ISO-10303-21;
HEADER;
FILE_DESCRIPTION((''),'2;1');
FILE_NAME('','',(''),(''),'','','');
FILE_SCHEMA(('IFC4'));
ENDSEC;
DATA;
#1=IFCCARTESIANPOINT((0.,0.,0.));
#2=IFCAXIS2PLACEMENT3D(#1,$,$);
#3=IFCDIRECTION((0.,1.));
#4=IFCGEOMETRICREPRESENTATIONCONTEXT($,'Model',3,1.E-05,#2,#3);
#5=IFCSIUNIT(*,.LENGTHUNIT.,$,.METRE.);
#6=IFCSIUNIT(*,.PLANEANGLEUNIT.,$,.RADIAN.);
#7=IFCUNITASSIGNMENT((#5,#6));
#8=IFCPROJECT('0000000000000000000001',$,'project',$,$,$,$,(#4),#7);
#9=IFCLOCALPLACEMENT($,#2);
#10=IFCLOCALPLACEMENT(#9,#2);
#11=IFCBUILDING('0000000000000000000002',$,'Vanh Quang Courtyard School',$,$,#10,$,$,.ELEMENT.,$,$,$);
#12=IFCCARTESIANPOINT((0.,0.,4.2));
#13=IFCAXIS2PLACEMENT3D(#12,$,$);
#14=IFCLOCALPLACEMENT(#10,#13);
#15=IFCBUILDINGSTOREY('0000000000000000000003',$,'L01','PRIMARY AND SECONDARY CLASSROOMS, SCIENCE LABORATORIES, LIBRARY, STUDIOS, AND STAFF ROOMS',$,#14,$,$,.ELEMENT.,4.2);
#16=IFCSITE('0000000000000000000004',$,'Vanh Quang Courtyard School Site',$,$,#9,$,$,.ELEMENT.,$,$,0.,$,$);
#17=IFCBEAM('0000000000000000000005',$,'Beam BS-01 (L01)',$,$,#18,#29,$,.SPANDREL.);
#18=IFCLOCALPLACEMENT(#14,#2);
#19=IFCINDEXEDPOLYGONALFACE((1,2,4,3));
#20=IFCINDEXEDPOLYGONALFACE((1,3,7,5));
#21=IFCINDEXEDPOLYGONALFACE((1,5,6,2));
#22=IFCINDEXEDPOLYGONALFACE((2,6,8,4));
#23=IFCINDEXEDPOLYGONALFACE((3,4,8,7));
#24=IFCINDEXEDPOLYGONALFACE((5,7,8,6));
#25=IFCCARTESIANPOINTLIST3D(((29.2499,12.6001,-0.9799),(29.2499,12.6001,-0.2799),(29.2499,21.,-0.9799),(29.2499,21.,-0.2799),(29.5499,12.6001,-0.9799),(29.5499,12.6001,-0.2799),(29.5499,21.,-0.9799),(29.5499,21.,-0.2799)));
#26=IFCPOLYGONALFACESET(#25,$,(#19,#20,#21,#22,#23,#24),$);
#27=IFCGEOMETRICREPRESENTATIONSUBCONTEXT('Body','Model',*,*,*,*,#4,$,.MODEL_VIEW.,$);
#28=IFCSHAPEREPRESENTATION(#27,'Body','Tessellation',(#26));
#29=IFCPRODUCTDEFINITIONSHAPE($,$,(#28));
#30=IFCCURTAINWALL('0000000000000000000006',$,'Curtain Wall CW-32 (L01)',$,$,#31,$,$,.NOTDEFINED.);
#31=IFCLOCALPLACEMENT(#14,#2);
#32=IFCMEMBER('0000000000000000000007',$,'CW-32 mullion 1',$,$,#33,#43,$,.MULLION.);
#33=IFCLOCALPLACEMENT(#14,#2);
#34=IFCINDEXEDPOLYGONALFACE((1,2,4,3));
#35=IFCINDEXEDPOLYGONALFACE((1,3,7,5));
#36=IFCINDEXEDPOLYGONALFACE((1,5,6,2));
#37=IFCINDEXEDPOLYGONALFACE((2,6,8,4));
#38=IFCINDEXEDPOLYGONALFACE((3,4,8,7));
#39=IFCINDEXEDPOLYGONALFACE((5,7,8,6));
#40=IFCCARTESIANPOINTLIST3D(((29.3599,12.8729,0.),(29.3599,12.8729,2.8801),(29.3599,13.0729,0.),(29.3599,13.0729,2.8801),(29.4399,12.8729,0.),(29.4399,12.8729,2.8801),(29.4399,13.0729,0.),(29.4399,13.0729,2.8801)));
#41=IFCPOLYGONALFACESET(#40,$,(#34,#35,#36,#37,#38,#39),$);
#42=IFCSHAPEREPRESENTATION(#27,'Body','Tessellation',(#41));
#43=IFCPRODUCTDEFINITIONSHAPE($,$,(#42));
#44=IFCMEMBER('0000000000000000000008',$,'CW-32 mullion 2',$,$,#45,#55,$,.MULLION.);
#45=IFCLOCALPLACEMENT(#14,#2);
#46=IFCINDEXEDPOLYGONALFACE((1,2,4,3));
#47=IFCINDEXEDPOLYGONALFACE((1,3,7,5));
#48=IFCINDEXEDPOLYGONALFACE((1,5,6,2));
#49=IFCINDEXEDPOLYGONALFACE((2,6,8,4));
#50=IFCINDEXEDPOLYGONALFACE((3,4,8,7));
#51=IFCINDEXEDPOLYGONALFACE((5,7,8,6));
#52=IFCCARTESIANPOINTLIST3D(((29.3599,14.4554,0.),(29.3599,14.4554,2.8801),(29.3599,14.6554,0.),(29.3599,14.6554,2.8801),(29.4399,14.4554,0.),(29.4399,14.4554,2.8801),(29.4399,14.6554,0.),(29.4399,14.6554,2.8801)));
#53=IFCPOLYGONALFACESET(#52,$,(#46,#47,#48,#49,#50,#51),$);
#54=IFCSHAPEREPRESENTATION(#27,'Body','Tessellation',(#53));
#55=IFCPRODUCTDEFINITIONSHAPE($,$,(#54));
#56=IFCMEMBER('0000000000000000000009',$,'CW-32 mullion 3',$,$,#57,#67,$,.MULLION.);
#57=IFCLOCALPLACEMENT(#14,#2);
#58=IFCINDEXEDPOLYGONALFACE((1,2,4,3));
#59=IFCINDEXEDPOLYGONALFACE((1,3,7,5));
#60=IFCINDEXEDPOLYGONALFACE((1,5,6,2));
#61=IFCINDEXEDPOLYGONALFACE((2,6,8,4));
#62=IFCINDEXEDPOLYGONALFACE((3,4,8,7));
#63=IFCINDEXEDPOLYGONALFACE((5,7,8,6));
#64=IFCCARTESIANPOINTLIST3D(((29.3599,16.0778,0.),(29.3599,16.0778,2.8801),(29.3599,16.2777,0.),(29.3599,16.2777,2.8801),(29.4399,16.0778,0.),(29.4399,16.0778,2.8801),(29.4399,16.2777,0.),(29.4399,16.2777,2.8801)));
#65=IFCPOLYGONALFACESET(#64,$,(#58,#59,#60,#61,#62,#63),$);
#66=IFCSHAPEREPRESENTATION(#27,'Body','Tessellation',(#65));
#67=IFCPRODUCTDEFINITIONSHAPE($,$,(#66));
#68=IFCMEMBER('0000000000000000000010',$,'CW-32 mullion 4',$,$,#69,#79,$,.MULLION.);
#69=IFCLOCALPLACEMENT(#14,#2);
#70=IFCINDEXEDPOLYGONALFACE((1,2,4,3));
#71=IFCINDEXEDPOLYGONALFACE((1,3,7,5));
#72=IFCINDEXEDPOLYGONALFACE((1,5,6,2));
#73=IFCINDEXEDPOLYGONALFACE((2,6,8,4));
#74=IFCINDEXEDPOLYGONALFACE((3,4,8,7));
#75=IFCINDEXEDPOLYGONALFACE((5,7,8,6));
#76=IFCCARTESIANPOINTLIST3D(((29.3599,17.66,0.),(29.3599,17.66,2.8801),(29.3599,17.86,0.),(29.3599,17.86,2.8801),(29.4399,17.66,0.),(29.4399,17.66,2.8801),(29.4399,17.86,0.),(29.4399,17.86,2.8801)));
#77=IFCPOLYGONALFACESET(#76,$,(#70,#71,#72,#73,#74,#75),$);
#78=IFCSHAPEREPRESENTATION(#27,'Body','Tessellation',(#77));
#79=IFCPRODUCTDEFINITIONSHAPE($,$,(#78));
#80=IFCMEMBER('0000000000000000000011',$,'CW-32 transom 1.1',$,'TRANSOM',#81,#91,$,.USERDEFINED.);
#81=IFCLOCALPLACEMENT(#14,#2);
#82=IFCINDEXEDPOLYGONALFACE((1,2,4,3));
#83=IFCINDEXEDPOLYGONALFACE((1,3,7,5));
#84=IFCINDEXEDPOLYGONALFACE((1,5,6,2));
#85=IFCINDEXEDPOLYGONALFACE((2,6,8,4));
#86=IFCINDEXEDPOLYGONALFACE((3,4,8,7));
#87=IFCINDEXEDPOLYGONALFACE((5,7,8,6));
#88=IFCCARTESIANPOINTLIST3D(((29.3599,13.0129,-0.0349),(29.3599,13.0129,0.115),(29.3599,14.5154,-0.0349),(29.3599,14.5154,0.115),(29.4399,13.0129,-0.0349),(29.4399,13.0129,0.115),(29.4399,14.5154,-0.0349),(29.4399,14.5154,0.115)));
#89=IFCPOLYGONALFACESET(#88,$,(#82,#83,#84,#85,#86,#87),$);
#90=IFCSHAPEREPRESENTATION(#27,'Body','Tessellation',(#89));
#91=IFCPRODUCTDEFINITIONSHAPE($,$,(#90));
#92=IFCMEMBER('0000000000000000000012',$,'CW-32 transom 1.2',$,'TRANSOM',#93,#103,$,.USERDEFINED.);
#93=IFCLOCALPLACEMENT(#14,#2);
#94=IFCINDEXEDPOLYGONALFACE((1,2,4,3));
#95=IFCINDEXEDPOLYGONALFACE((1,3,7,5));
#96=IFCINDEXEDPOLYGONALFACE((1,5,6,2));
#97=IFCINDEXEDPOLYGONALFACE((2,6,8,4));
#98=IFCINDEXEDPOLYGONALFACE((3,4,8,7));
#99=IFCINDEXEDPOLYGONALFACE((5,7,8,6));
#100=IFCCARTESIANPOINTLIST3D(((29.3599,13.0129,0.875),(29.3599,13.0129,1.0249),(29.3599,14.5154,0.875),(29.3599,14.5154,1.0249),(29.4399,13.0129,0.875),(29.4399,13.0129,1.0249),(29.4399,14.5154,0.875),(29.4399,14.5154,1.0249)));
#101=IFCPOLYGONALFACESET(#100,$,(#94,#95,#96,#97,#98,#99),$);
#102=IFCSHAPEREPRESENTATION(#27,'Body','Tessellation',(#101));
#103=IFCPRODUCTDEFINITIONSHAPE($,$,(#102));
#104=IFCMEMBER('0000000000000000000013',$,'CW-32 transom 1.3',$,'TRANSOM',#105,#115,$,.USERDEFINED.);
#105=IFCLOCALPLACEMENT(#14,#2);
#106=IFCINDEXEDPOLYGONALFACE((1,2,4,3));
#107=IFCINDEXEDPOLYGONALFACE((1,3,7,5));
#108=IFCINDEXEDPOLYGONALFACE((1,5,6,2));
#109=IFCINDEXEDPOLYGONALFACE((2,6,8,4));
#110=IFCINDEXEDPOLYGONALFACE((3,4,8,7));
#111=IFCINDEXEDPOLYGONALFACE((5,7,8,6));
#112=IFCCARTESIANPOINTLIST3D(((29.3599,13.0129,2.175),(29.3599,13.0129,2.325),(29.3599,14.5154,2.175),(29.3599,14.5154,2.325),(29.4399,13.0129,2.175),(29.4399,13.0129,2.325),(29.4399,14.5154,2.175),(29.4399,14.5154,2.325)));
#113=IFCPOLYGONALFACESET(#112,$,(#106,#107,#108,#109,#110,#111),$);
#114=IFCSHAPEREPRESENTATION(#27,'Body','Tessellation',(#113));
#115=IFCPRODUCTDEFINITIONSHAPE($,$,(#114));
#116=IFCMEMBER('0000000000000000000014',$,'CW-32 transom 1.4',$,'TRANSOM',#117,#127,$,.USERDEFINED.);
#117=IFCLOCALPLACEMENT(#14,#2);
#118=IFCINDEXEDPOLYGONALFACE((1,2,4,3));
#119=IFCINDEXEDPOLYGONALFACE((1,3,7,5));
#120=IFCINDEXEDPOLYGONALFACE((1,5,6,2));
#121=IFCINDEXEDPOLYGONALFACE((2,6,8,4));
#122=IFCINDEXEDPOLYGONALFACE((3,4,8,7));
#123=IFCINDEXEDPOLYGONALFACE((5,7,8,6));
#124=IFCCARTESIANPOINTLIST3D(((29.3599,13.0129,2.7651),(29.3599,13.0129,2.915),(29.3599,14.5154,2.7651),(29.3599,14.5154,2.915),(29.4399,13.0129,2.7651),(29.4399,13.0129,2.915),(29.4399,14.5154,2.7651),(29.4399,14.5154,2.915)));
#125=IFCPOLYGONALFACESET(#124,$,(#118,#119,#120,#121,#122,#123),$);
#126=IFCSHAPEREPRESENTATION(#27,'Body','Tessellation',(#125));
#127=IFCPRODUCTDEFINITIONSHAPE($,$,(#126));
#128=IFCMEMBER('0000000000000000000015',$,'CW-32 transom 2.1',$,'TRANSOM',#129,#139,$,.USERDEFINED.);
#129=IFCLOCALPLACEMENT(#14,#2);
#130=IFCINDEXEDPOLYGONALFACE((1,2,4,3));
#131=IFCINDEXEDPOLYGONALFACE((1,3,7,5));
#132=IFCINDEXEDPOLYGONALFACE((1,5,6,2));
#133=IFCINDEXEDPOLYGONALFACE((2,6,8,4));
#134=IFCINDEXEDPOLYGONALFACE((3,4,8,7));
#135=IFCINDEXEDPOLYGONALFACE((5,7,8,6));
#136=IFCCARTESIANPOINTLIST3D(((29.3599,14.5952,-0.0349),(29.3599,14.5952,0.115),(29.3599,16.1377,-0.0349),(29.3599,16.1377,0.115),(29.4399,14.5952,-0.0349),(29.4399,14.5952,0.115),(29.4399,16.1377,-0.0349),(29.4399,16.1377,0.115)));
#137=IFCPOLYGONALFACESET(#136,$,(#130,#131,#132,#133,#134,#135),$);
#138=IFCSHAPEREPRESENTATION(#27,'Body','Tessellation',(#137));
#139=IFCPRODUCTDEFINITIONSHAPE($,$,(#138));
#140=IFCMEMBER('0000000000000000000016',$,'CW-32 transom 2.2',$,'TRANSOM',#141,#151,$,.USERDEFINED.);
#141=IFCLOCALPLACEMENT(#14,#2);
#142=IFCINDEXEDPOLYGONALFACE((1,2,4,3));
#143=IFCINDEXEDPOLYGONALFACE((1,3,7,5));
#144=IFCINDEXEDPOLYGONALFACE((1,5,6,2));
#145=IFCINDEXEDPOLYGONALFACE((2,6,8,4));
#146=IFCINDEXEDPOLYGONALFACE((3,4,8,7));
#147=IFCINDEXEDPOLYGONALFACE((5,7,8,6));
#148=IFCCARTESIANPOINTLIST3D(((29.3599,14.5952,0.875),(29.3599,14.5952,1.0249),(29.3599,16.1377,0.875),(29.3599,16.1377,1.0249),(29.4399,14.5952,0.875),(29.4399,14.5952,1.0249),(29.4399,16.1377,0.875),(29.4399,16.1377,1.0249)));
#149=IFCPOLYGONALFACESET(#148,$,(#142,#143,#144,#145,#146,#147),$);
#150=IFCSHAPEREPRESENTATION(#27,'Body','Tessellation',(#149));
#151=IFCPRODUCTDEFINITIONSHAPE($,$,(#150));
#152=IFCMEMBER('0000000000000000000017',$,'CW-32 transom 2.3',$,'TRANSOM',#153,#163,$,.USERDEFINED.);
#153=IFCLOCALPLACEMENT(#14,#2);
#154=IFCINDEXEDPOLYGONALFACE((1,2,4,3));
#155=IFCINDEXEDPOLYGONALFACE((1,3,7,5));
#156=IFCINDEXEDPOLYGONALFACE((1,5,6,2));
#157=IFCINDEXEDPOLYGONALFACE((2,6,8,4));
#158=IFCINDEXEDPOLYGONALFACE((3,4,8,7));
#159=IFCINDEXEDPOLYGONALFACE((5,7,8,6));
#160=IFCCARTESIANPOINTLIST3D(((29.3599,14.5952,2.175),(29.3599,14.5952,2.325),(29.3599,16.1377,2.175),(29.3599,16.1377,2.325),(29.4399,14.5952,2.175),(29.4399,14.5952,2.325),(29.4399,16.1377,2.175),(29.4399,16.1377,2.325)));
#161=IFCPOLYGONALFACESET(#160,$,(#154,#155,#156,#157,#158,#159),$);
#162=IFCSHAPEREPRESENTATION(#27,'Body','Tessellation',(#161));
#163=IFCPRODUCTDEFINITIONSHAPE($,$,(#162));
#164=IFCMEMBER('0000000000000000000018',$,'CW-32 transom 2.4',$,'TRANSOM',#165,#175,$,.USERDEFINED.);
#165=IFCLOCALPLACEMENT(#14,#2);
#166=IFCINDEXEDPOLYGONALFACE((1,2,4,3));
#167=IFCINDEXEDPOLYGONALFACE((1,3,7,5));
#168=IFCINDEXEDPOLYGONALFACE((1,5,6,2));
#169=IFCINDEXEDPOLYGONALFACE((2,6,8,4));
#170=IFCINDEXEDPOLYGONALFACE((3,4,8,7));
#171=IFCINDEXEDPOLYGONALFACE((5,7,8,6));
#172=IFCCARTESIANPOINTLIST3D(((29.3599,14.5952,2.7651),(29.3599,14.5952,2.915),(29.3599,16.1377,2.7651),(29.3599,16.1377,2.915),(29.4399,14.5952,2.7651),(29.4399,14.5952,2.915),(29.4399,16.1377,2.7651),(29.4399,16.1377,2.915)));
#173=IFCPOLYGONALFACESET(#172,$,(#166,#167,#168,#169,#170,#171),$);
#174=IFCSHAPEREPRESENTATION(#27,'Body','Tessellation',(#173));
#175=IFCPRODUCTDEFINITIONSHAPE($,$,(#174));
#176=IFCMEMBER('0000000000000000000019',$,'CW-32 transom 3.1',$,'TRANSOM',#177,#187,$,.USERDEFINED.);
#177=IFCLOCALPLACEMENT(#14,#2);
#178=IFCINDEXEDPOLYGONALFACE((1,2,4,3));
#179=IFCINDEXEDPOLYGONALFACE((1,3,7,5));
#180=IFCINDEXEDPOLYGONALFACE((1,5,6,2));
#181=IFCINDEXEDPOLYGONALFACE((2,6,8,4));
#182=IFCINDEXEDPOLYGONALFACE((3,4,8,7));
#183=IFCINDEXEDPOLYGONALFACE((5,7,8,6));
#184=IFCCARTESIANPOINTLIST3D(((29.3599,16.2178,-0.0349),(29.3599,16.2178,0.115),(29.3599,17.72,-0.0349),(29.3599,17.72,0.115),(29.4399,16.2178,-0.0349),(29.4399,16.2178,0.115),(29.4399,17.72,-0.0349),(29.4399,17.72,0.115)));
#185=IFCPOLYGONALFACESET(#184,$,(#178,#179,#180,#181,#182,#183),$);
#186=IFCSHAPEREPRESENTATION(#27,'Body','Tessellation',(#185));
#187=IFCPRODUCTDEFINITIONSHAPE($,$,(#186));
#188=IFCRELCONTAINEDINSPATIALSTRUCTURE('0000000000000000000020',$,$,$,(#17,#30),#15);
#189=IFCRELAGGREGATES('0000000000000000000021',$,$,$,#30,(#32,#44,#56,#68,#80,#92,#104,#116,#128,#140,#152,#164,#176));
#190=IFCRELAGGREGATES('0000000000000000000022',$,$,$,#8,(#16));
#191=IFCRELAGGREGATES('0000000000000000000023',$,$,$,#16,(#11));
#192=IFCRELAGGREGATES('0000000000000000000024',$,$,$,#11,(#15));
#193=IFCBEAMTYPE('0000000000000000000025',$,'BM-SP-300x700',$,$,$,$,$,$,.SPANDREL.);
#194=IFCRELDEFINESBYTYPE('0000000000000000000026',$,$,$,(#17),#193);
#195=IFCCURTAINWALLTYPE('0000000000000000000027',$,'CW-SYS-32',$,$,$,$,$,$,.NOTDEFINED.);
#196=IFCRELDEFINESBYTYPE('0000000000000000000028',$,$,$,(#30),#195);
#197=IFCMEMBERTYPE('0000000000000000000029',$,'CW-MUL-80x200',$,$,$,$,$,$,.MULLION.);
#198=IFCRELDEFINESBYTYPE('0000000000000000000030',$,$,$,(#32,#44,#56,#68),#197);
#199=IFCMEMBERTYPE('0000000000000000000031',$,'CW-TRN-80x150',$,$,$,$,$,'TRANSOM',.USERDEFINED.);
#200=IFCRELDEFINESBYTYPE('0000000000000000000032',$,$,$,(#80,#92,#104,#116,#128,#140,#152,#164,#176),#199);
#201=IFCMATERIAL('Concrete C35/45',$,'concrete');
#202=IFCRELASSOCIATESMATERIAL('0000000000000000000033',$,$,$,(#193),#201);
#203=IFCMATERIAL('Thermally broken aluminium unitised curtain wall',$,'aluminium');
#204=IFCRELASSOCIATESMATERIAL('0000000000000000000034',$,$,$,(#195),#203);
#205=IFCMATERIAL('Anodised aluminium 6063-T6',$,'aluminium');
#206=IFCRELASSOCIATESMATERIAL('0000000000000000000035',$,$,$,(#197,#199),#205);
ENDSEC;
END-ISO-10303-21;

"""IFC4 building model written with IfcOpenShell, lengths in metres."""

from ifc_helpers import new_model, si_unit, direction, frame, origin, origin_2d, place, context, subcontext, project, spatial, rectangle, extrude, material, material_profile, profile_set, type_object, element, aggregate, save


model = new_model("IFC4")

# Units and contexts
model_context = context("Model", 3, precision=1e-05, world=origin(), true_north=direction((0.0, 1.0)))
body_context = subcontext(model_context, "Body", "Model", "MODEL_VIEW")
ifc_project = project(units=[si_unit("LENGTHUNIT", "METRE"), si_unit("PLANEANGLEUNIT", "RADIAN")], contexts=[model_context])

# Site, building, storey
site_placement = place(None, origin())
site = spatial("IfcSite", under=ifc_project, at=site_placement, Name="Vanh Quang Courtyard School Site", CompositionType="ELEMENT", RefElevation=0.0)
building_placement = place(site_placement, origin())
building = spatial("IfcBuilding", under=site, at=building_placement, Name="Vanh Quang Courtyard School", CompositionType="ELEMENT")
storey_placement = place(building_placement, frame((0.0, 0.0, 4.2)))
storey = spatial("IfcBuildingStorey", under=building, at=storey_placement, Name="L01", Description="PRIMARY AND SECONDARY CLASSROOMS, SCIENCE LABORATORIES, LIBRARY, STUDIOS, AND STAFF ROOMS", CompositionType="ELEMENT", Elevation=4.2)

# Beam
ifc_material_1 = material(Name="Concrete C35/45", Category="concrete")
ifc_material_profile_1 = material_profile(ifc_material_1, rectangle(XDim=0.3, YDim=0.7, at=origin_2d()), Name="RC-SP 300x700")
ifc_profile_set_1 = profile_set([ifc_material_profile_1], Name="Concrete C35/45")
beam_type = type_object("IfcBeamType", Name="BM-SP-300x700", PredefinedType="SPANDREL", material=ifc_profile_set_1)
beam_placement = place(storey_placement, frame((29.3999, 12.6001, -0.6299), z_axis=(0.0, 1.0, 0.0), x_axis=(-1.0, 0.0, 0.0)))
element("IfcBeam", 1, at=beam_placement, inside=storey, type_object=beam_type, Name="Beam BS-01 (L01)", PredefinedType="SPANDREL", context=body_context, shape_type="SweptSolid", body=[
    extrude(rectangle(XDim=0.3, YDim=0.7, at=origin_2d()), origin(), (0.0, 0.0, 1.0), 8.3999),
])

# Curtain wall, members
ifc_material_2 = material(Name="Thermally broken aluminium unitised curtain wall", Category="aluminium")
curtain_wall_type_1 = type_object("IfcCurtainWallType", Name="CW-SYS-32", PredefinedType="NOTDEFINED", material=ifc_material_2)
curtain_wall_1_placement = place(storey_placement, origin())
curtain_wall_1 = element("IfcCurtainWall", 2, at=curtain_wall_1_placement, inside=storey, type_object=curtain_wall_type_1, Name="Curtain Wall CW-32 (L01)", PredefinedType="NOTDEFINED")
ifc_material_3 = material(Name="Anodised aluminium 6063-T6", Category="aluminium")
ifc_material_profile_2 = material_profile(ifc_material_3, rectangle(XDim=0.0801, YDim=0.2, at=origin_2d()), Name="ALU-MUL 80x200")
ifc_profile_set_2 = profile_set([ifc_material_profile_2], Name="Anodised aluminium 6063-T6")
member_type_1 = type_object("IfcMemberType", Name="CW-MUL-80x200", PredefinedType="MULLION", material=ifc_profile_set_2)
member_1_placement = place(storey_placement, frame((29.3999, 12.9729, 0.0), z_axis=(0.0, 0.0, 1.0), x_axis=(-1.0, 0.0, 0.0)))
member_1 = element("IfcMember", 3, at=member_1_placement, type_object=member_type_1, Name="CW-32 mullion 1", PredefinedType="MULLION", context=body_context, shape_type="SweptSolid", body=[
    extrude(rectangle(XDim=0.0801, YDim=0.2, at=origin_2d()), origin(), (0.0, 0.0, 1.0), 2.8801),
])
member_2_placement = place(storey_placement, frame((29.3999, 14.5554, 0.0), z_axis=(0.0, 0.0, 1.0), x_axis=(-1.0, 0.0, 0.0)))
member_2 = element("IfcMember", 4, at=member_2_placement, type_object=member_type_1, Name="CW-32 mullion 2", PredefinedType="MULLION", context=body_context, shape_type="SweptSolid", body=[
    extrude(rectangle(XDim=0.0801, YDim=0.2, at=origin_2d()), origin(), (0.0, 0.0, 1.0), 2.8801),
])
member_3_placement = place(storey_placement, frame((29.3999, 16.1777, 0.0), z_axis=(0.0, 0.0, 1.0), x_axis=(-1.0, 0.0, 0.0)))
member_3 = element("IfcMember", 5, at=member_3_placement, type_object=member_type_1, Name="CW-32 mullion 3", PredefinedType="MULLION", context=body_context, shape_type="SweptSolid", body=[
    extrude(rectangle(XDim=0.0801, YDim=0.2, at=origin_2d()), origin(), (0.0, 0.0, 1.0), 2.8801),
])
member_4_placement = place(storey_placement, frame((29.3999, 17.76, 0.0), z_axis=(0.0, 0.0, 1.0), x_axis=(-1.0, 0.0, 0.0)))
member_4 = element("IfcMember", 6, at=member_4_placement, type_object=member_type_1, Name="CW-32 mullion 4", PredefinedType="MULLION", context=body_context, shape_type="SweptSolid", body=[
    extrude(rectangle(XDim=0.0801, YDim=0.2, at=origin_2d()), origin(), (0.0, 0.0, 1.0), 2.8801),
])
ifc_material_profile_3 = material_profile(ifc_material_3, rectangle(XDim=0.0801, YDim=0.1499, at=origin_2d()), Name="ALU-TRN 80x150")
ifc_profile_set_3 = profile_set([ifc_material_profile_3], Name="Anodised aluminium 6063-T6")
member_type_2 = type_object("IfcMemberType", Name="CW-TRN-80x150", ElementType="TRANSOM", PredefinedType="USERDEFINED", material=ifc_profile_set_3)
member_5_placement = place(storey_placement, frame((29.3999, 13.0129, 0.04), z_axis=(0.0, 1.0, 0.0), x_axis=(-1.0, 0.0, 0.0)))
member_5 = element("IfcMember", 7, at=member_5_placement, type_object=member_type_2, Name="CW-32 transom 1.1", ObjectType="TRANSOM", PredefinedType="USERDEFINED", context=body_context, shape_type="SweptSolid", body=[
    extrude(rectangle(XDim=0.0801, YDim=0.1499, at=origin_2d()), origin(), (0.0, 0.0, 1.0), 1.5024),
])
member_6_placement = place(storey_placement, frame((29.3999, 13.0129, 0.95), z_axis=(0.0, 1.0, 0.0), x_axis=(-1.0, 0.0, 0.0)))
member_6 = element("IfcMember", 8, at=member_6_placement, type_object=member_type_2, Name="CW-32 transom 1.2", ObjectType="TRANSOM", PredefinedType="USERDEFINED", context=body_context, shape_type="SweptSolid", body=[
    extrude(rectangle(XDim=0.0801, YDim=0.1499, at=origin_2d()), origin(), (0.0, 0.0, 1.0), 1.5024),
])
member_7_placement = place(storey_placement, frame((29.3999, 13.0129, 2.25), z_axis=(0.0, 1.0, 0.0), x_axis=(-1.0, 0.0, 0.0)))
member_7 = element("IfcMember", 9, at=member_7_placement, type_object=member_type_2, Name="CW-32 transom 1.3", ObjectType="TRANSOM", PredefinedType="USERDEFINED", context=body_context, shape_type="SweptSolid", body=[
    extrude(rectangle(XDim=0.0801, YDim=0.1499, at=origin_2d()), origin(), (0.0, 0.0, 1.0), 1.5024),
])
member_8_placement = place(storey_placement, frame((29.3999, 13.0129, 2.8401), z_axis=(0.0, 1.0, 0.0), x_axis=(-1.0, 0.0, 0.0)))
member_8 = element("IfcMember", 10, at=member_8_placement, type_object=member_type_2, Name="CW-32 transom 1.4", ObjectType="TRANSOM", PredefinedType="USERDEFINED", context=body_context, shape_type="SweptSolid", body=[
    extrude(rectangle(XDim=0.0801, YDim=0.1499, at=origin_2d()), origin(), (0.0, 0.0, 1.0), 1.5024),
])
member_9_placement = place(storey_placement, frame((29.3999, 14.5952, 0.04), z_axis=(0.0, 1.0, 0.0), x_axis=(-1.0, 0.0, 0.0)))
member_9 = element("IfcMember", 11, at=member_9_placement, type_object=member_type_2, Name="CW-32 transom 2.1", ObjectType="TRANSOM", PredefinedType="USERDEFINED", context=body_context, shape_type="SweptSolid", body=[
    extrude(rectangle(XDim=0.0801, YDim=0.1499, at=origin_2d()), origin(), (0.0, 0.0, 1.0), 1.5425),
])
member_10_placement = place(storey_placement, frame((29.3999, 14.5952, 0.95), z_axis=(0.0, 1.0, 0.0), x_axis=(-1.0, 0.0, 0.0)))
member_10 = element("IfcMember", 12, at=member_10_placement, type_object=member_type_2, Name="CW-32 transom 2.2", ObjectType="TRANSOM", PredefinedType="USERDEFINED", context=body_context, shape_type="SweptSolid", body=[
    extrude(rectangle(XDim=0.0801, YDim=0.1499, at=origin_2d()), origin(), (0.0, 0.0, 1.0), 1.5425),
])
member_11_placement = place(storey_placement, frame((29.3999, 14.5952, 2.25), z_axis=(0.0, 1.0, 0.0), x_axis=(-1.0, 0.0, 0.0)))
member_11 = element("IfcMember", 13, at=member_11_placement, type_object=member_type_2, Name="CW-32 transom 2.3", ObjectType="TRANSOM", PredefinedType="USERDEFINED", context=body_context, shape_type="SweptSolid", body=[
    extrude(rectangle(XDim=0.0801, YDim=0.1499, at=origin_2d()), origin(), (0.0, 0.0, 1.0), 1.5425),
])
member_12_placement = place(storey_placement, frame((29.3999, 14.5952, 2.8401), z_axis=(0.0, 1.0, 0.0), x_axis=(-1.0, 0.0, 0.0)))
member_12 = element("IfcMember", 14, at=member_12_placement, type_object=member_type_2, Name="CW-32 transom 2.4", ObjectType="TRANSOM", PredefinedType="USERDEFINED", context=body_context, shape_type="SweptSolid", body=[
    extrude(rectangle(XDim=0.0801, YDim=0.1499, at=origin_2d()), origin(), (0.0, 0.0, 1.0), 1.5425),
])
member_13_placement = place(storey_placement, frame((29.3999, 16.2178, 0.04), z_axis=(0.0, 1.0, 0.0), x_axis=(-1.0, 0.0, 0.0)))
member_13 = element("IfcMember", 15, at=member_13_placement, type_object=member_type_2, Name="CW-32 transom 3.1", ObjectType="TRANSOM", PredefinedType="USERDEFINED", context=body_context, shape_type="SweptSolid", body=[
    extrude(rectangle(XDim=0.0801, YDim=0.1499, at=origin_2d()), origin(), (0.0, 0.0, 1.0), 1.5022),
])
aggregate(curtain_wall_1, [member_1, member_2, member_3, member_4, member_5, member_6, member_7, member_8, member_9, member_10, member_11, member_12, member_13])

save(model, "model.ifc")
